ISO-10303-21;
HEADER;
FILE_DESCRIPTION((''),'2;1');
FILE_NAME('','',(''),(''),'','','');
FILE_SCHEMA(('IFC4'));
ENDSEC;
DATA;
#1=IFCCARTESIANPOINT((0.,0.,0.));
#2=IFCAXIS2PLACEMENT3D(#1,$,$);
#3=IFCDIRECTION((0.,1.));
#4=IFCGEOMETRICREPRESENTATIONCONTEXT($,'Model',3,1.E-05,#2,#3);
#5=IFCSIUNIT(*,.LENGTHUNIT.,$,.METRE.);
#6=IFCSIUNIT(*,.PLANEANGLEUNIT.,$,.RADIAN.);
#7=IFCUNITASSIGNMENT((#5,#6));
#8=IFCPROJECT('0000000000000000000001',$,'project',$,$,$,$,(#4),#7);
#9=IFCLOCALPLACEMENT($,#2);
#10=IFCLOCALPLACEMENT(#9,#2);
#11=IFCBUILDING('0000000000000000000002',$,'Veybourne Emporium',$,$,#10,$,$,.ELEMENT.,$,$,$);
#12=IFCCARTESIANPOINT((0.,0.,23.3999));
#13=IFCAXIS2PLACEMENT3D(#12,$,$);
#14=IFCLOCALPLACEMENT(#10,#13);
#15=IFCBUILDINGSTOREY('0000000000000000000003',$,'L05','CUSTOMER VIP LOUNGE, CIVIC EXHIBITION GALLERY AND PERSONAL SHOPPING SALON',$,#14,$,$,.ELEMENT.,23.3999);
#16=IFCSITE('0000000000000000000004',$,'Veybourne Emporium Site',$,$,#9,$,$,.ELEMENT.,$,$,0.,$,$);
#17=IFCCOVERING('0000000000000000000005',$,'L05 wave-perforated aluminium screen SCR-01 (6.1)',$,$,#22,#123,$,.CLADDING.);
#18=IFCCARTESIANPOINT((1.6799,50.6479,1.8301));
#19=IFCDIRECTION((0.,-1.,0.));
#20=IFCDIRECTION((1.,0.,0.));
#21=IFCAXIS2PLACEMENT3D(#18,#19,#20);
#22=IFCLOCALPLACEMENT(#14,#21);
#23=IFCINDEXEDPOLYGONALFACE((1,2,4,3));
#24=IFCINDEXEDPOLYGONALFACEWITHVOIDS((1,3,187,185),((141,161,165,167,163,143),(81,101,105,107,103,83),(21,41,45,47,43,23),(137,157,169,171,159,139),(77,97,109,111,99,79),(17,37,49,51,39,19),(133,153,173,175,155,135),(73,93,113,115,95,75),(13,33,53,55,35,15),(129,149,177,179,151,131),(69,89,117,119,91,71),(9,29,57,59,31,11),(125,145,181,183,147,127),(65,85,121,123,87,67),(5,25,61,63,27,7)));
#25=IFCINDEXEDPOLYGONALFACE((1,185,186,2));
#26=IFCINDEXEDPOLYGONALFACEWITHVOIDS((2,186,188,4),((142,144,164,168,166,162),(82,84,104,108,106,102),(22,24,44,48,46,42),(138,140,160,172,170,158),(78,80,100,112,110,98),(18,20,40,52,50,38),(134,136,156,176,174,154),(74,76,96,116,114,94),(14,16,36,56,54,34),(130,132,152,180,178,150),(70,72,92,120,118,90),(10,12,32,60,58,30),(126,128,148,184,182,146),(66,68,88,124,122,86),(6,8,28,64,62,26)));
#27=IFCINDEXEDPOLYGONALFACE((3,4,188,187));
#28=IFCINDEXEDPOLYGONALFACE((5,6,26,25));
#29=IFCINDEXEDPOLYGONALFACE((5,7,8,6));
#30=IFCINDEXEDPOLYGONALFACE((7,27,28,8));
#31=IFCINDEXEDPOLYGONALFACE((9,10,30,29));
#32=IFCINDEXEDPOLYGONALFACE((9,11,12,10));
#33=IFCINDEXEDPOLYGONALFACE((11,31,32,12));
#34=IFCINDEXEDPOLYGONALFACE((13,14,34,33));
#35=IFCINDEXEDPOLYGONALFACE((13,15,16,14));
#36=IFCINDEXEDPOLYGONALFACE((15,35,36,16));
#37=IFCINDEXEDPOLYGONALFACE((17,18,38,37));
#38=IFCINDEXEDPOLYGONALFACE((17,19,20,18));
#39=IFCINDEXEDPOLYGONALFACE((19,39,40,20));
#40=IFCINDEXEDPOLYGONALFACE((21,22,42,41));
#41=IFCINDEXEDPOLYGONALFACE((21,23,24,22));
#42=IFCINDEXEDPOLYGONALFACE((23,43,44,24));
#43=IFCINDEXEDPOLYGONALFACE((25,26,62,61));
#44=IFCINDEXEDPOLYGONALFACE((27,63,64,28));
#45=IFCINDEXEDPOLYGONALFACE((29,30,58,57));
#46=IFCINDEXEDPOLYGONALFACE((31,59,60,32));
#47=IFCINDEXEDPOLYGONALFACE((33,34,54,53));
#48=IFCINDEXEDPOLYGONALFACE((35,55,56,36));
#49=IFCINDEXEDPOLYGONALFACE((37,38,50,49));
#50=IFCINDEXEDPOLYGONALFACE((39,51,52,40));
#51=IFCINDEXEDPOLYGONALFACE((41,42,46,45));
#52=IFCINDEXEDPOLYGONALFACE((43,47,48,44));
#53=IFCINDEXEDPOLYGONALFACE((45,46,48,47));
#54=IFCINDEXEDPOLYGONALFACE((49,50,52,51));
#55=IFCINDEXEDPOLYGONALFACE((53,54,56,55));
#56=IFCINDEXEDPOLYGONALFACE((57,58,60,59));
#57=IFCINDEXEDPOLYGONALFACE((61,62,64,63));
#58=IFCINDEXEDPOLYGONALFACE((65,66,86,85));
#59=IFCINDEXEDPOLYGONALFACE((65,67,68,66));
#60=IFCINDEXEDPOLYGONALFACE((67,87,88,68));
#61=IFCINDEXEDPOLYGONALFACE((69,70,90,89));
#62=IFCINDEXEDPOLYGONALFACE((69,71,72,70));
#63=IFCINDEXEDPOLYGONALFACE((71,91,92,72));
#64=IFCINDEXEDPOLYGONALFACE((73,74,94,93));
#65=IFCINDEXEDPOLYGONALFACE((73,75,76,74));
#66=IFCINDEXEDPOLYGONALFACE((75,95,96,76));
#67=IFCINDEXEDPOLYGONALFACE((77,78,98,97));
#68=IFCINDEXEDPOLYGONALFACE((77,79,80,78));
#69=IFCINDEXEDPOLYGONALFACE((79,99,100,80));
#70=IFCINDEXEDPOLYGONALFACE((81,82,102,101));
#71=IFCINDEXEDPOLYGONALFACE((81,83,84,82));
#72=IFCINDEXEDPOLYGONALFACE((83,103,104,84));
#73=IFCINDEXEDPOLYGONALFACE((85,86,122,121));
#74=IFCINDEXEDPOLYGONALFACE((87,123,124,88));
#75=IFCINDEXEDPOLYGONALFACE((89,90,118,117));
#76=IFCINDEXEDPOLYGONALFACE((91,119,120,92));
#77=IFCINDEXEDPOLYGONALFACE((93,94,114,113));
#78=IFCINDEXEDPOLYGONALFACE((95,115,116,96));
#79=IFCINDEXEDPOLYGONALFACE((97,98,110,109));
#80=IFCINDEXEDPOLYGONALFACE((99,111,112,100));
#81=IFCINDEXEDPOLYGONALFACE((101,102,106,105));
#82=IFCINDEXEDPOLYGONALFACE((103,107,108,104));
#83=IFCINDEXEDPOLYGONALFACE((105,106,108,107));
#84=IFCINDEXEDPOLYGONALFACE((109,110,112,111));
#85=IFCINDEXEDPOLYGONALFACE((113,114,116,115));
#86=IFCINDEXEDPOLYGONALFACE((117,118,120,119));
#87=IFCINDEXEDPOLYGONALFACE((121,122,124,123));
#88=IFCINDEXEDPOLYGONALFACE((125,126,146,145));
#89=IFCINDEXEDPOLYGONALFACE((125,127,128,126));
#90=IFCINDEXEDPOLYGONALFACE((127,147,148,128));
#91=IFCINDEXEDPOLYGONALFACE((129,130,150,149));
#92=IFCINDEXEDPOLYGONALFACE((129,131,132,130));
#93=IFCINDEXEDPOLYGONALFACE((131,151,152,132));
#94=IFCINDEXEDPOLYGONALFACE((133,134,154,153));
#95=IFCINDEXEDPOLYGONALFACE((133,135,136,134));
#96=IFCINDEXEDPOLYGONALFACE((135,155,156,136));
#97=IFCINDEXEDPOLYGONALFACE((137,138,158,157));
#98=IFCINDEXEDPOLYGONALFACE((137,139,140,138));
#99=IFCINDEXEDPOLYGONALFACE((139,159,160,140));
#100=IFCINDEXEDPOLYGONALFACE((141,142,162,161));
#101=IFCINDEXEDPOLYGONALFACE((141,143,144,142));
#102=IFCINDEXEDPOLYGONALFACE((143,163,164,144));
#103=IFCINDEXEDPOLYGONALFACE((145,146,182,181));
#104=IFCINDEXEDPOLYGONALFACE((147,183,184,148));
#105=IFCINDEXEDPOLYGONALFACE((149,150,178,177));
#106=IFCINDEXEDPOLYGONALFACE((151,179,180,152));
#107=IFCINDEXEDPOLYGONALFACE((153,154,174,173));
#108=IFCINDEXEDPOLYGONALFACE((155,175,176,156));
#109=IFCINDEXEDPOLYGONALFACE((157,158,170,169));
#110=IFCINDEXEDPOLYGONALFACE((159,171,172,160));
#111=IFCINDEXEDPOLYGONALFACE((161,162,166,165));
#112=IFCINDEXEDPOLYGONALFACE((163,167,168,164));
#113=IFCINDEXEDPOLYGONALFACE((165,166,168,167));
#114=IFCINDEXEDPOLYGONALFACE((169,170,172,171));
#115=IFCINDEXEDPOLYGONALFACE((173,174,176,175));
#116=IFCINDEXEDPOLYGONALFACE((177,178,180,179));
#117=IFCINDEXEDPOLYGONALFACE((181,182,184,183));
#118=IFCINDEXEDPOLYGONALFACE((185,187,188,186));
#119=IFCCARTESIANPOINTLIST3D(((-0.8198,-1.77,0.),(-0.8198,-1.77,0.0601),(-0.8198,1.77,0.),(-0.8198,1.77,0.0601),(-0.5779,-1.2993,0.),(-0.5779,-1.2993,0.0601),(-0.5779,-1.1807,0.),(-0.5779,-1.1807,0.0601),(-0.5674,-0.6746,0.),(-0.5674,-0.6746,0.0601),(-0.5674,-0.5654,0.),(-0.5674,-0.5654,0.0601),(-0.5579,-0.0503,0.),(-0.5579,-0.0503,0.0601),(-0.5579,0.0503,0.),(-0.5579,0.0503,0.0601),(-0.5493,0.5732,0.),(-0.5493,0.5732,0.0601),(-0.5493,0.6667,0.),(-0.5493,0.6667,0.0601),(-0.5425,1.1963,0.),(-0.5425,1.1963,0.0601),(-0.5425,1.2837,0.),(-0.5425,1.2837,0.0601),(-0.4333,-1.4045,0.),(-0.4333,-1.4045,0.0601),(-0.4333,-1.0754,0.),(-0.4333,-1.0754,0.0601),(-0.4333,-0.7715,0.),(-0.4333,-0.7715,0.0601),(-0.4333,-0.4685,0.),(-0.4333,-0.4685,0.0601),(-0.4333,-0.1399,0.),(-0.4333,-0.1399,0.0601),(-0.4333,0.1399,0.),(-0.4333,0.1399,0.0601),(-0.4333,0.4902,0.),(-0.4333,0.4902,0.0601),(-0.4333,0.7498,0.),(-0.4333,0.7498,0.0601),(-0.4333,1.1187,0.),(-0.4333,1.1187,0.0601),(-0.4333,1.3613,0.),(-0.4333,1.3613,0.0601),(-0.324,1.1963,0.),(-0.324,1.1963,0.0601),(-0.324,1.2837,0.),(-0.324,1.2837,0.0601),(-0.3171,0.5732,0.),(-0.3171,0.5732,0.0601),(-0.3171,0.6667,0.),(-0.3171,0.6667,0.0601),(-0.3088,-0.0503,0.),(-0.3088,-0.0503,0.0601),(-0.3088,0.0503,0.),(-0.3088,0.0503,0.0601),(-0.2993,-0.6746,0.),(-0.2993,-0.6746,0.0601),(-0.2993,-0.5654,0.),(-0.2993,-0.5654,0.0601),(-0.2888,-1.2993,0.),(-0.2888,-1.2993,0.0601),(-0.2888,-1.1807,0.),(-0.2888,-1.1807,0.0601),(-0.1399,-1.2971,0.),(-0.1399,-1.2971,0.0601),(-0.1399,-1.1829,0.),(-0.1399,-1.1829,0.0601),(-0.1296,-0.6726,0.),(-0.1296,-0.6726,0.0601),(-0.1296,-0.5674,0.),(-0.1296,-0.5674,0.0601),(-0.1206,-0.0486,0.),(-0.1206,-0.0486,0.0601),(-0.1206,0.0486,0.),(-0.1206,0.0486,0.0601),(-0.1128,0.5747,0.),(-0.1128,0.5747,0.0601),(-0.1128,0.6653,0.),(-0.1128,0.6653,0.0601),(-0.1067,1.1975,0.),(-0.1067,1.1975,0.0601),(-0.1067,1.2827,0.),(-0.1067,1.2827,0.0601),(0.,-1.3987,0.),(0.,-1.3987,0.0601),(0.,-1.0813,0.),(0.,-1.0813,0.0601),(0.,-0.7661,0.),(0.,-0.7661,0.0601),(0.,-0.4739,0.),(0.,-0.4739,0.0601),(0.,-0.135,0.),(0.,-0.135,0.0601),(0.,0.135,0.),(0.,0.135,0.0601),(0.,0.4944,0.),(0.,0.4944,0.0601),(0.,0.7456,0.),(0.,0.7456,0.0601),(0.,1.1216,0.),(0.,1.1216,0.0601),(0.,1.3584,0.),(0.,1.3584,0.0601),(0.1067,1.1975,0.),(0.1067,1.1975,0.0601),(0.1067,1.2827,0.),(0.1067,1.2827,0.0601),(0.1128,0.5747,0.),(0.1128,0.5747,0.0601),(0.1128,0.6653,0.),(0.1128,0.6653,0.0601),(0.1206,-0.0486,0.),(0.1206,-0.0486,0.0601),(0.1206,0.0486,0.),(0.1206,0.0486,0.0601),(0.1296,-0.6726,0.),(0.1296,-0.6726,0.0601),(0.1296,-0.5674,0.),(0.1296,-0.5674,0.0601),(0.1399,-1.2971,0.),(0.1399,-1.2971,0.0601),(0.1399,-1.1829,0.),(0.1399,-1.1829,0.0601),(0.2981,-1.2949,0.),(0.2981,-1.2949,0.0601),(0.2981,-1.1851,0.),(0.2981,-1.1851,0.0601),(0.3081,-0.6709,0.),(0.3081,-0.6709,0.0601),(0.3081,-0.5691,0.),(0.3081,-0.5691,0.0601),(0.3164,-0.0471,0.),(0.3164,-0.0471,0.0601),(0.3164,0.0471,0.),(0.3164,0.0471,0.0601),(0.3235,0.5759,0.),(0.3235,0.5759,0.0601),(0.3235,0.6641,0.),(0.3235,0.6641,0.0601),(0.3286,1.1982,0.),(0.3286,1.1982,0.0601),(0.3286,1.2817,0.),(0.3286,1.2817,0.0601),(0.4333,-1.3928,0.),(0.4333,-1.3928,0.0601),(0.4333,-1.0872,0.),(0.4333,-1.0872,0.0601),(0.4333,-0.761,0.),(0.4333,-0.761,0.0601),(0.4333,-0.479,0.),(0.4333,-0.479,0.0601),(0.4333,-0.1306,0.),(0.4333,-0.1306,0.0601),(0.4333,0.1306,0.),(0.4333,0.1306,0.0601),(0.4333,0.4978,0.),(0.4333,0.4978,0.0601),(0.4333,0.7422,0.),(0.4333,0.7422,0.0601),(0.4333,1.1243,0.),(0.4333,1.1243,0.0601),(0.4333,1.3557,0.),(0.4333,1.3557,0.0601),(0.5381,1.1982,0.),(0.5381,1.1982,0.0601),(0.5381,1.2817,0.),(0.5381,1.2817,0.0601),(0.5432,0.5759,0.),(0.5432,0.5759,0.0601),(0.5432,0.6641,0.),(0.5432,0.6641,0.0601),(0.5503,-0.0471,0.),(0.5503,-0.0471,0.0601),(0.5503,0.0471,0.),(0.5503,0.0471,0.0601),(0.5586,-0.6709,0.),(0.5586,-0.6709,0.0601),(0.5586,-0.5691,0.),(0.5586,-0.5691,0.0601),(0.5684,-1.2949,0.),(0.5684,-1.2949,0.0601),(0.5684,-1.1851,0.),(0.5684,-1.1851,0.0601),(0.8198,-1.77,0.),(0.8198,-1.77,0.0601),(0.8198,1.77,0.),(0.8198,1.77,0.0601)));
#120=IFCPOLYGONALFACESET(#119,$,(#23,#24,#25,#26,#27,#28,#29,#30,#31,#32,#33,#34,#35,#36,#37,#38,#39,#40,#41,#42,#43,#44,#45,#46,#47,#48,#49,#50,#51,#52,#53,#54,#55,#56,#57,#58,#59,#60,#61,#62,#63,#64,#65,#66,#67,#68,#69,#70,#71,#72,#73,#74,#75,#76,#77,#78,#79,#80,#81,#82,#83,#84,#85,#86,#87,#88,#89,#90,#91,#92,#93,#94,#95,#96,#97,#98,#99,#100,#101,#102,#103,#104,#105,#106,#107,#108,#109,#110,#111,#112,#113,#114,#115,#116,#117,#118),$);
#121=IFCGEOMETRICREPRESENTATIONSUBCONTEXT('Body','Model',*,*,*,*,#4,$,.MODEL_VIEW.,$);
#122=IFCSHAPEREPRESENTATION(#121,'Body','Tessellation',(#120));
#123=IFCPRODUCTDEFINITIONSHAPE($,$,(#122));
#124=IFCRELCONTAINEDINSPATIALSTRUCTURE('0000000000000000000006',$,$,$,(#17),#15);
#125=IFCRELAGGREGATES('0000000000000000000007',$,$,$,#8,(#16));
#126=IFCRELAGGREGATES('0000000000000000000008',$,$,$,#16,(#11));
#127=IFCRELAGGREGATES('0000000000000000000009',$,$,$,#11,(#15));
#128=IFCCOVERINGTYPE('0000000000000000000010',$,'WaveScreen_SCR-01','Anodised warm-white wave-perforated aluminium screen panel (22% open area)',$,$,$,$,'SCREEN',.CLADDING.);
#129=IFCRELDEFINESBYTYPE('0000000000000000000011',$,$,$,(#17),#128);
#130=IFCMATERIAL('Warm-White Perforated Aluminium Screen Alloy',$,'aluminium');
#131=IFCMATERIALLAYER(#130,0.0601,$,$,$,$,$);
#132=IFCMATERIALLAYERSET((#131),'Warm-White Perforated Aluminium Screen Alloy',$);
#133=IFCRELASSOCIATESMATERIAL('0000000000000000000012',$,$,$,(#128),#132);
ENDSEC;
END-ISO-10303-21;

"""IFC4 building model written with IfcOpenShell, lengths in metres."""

from ifc_helpers import new_model, si_unit, direction, frame, origin, place, context, subcontext, project, spatial, polyline, outline, extrude, material, layer, layer_set, type_object, element, save


model = new_model("IFC4")

# Units and contexts
model_context = context("Model", 3, precision=1e-05, world=origin(), true_north=direction((0.0, 1.0)))
body_context = subcontext(model_context, "Body", "Model", "MODEL_VIEW")
ifc_project = project(units=[si_unit("LENGTHUNIT", "METRE"), si_unit("PLANEANGLEUNIT", "RADIAN")], contexts=[model_context])

# Site, building, storey
site_placement = place(None, origin())
site = spatial("IfcSite", under=ifc_project, at=site_placement, Name="Veybourne Emporium Site", CompositionType="ELEMENT", RefElevation=0.0)
building_placement = place(site_placement, origin())
building = spatial("IfcBuilding", under=site, at=building_placement, Name="Veybourne Emporium", CompositionType="ELEMENT")
storey_placement = place(building_placement, frame((0.0, 0.0, 23.3999)))
storey = spatial("IfcBuildingStorey", under=building, at=storey_placement, Name="L05", Description="CUSTOMER VIP LOUNGE, CIVIC EXHIBITION GALLERY AND PERSONAL SHOPPING SALON", CompositionType="ELEMENT", Elevation=23.3999)

# Covering
ifc_material_1 = material(Name="Warm-White Perforated Aluminium Screen Alloy", Category="aluminium")
ifc_layer_1 = layer(ifc_material_1, 0.0601)
ifc_layer_set_1 = layer_set([ifc_layer_1], Name="Warm-White Perforated Aluminium Screen Alloy")
covering_type_1 = type_object("IfcCoveringType", Name="WaveScreen_SCR-01", Description="Anodised warm-white wave-perforated aluminium screen panel (22% open area)", ElementType="SCREEN", PredefinedType="CLADDING", material=ifc_layer_set_1)
covering_1_placement = place(storey_placement, frame((1.6799, 50.6479, 1.8301), z_axis=(0.0, -1.0, 0.0), x_axis=(1.0, 0.0, 0.0)))
element("IfcCovering", 1, at=covering_1_placement, inside=storey, type_object=covering_type_1, Name="L05 wave-perforated aluminium screen SCR-01 (6.1)", PredefinedType="CLADDING", context=body_context, shape_type="SweptSolid", body=[
    extrude(outline(polyline([(-0.8198, -1.77), (0.8198, -1.77), (0.8198, 1.77), (-0.8198, 1.77), (-0.8198, -1.77)]), holes=[polyline([(-0.4333, -1.0754), (-0.2888, -1.1807), (-0.2888, -1.2993), (-0.4333, -1.4045), (-0.5779, -1.2993), (-0.5779, -1.1807), (-0.4333, -1.0754)]), polyline([(-0.4333, -0.4685), (-0.2993, -0.5654), (-0.2993, -0.6746), (-0.4333, -0.7715), (-0.5674, -0.6746), (-0.5674, -0.5654), (-0.4333, -0.4685)]), polyline([(-0.4333, 0.1399), (-0.3088, 0.0503), (-0.3088, -0.0503), (-0.4333, -0.1399), (-0.5579, -0.0503), (-0.5579, 0.0503), (-0.4333, 0.1399)]), polyline([(-0.4333, 0.7498), (-0.3171, 0.6667), (-0.3171, 0.5732), (-0.4333, 0.4902), (-0.5493, 0.5732), (-0.5493, 0.6667), (-0.4333, 0.7498)]), polyline([(-0.4333, 1.3613), (-0.324, 1.2837), (-0.324, 1.1963), (-0.4333, 1.1187), (-0.5425, 1.1963), (-0.5425, 1.2837), (-0.4333, 1.3613)]), polyline([(0.0, -1.0813), (0.1399, -1.1829), (0.1399, -1.2971), (0.0, -1.3987), (-0.1399, -1.2971), (-0.1399, -1.1829), (0.0, -1.0813)]), polyline([(0.0, -0.4739), (0.1296, -0.5674), (0.1296, -0.6726), (0.0, -0.7661), (-0.1296, -0.6726), (-0.1296, -0.5674), (0.0, -0.4739)]), polyline([(0.0, 0.135), (0.1206, 0.0486), (0.1206, -0.0486), (0.0, -0.135), (-0.1206, -0.0486), (-0.1206, 0.0486), (0.0, 0.135)]), polyline([(0.0, 0.7456), (0.1128, 0.6653), (0.1128, 0.5747), (0.0, 0.4944), (-0.1128, 0.5747), (-0.1128, 0.6653), (0.0, 0.7456)]), polyline([(0.0, 1.3584), (0.1067, 1.2827), (0.1067, 1.1975), (0.0, 1.1216), (-0.1067, 1.1975), (-0.1067, 1.2827), (0.0, 1.3584)]), polyline([(0.4333, -1.0872), (0.5684, -1.1851), (0.5684, -1.2949), (0.4333, -1.3928), (0.2981, -1.2949), (0.2981, -1.1851), (0.4333, -1.0872)]), polyline([(0.4333, -0.479), (0.5586, -0.5691), (0.5586, -0.6709), (0.4333, -0.761), (0.3081, -0.6709), (0.3081, -0.5691), (0.4333, -0.479)]), polyline([(0.4333, 0.1306), (0.5503, 0.0471), (0.5503, -0.0471), (0.4333, -0.1306), (0.3164, -0.0471), (0.3164, 0.0471), (0.4333, 0.1306)]), polyline([(0.4333, 0.7422), (0.5432, 0.6641), (0.5432, 0.5759), (0.4333, 0.4978), (0.3235, 0.5759), (0.3235, 0.6641), (0.4333, 0.7422)]), polyline([(0.4333, 1.3557), (0.5381, 1.2817), (0.5381, 1.1982), (0.4333, 1.1243), (0.3286, 1.1982), (0.3286, 1.2817), (0.4333, 1.3557)])]), origin(), (0.0, 0.0, 1.0), 0.0601),
])

save(model, "model.ifc")
